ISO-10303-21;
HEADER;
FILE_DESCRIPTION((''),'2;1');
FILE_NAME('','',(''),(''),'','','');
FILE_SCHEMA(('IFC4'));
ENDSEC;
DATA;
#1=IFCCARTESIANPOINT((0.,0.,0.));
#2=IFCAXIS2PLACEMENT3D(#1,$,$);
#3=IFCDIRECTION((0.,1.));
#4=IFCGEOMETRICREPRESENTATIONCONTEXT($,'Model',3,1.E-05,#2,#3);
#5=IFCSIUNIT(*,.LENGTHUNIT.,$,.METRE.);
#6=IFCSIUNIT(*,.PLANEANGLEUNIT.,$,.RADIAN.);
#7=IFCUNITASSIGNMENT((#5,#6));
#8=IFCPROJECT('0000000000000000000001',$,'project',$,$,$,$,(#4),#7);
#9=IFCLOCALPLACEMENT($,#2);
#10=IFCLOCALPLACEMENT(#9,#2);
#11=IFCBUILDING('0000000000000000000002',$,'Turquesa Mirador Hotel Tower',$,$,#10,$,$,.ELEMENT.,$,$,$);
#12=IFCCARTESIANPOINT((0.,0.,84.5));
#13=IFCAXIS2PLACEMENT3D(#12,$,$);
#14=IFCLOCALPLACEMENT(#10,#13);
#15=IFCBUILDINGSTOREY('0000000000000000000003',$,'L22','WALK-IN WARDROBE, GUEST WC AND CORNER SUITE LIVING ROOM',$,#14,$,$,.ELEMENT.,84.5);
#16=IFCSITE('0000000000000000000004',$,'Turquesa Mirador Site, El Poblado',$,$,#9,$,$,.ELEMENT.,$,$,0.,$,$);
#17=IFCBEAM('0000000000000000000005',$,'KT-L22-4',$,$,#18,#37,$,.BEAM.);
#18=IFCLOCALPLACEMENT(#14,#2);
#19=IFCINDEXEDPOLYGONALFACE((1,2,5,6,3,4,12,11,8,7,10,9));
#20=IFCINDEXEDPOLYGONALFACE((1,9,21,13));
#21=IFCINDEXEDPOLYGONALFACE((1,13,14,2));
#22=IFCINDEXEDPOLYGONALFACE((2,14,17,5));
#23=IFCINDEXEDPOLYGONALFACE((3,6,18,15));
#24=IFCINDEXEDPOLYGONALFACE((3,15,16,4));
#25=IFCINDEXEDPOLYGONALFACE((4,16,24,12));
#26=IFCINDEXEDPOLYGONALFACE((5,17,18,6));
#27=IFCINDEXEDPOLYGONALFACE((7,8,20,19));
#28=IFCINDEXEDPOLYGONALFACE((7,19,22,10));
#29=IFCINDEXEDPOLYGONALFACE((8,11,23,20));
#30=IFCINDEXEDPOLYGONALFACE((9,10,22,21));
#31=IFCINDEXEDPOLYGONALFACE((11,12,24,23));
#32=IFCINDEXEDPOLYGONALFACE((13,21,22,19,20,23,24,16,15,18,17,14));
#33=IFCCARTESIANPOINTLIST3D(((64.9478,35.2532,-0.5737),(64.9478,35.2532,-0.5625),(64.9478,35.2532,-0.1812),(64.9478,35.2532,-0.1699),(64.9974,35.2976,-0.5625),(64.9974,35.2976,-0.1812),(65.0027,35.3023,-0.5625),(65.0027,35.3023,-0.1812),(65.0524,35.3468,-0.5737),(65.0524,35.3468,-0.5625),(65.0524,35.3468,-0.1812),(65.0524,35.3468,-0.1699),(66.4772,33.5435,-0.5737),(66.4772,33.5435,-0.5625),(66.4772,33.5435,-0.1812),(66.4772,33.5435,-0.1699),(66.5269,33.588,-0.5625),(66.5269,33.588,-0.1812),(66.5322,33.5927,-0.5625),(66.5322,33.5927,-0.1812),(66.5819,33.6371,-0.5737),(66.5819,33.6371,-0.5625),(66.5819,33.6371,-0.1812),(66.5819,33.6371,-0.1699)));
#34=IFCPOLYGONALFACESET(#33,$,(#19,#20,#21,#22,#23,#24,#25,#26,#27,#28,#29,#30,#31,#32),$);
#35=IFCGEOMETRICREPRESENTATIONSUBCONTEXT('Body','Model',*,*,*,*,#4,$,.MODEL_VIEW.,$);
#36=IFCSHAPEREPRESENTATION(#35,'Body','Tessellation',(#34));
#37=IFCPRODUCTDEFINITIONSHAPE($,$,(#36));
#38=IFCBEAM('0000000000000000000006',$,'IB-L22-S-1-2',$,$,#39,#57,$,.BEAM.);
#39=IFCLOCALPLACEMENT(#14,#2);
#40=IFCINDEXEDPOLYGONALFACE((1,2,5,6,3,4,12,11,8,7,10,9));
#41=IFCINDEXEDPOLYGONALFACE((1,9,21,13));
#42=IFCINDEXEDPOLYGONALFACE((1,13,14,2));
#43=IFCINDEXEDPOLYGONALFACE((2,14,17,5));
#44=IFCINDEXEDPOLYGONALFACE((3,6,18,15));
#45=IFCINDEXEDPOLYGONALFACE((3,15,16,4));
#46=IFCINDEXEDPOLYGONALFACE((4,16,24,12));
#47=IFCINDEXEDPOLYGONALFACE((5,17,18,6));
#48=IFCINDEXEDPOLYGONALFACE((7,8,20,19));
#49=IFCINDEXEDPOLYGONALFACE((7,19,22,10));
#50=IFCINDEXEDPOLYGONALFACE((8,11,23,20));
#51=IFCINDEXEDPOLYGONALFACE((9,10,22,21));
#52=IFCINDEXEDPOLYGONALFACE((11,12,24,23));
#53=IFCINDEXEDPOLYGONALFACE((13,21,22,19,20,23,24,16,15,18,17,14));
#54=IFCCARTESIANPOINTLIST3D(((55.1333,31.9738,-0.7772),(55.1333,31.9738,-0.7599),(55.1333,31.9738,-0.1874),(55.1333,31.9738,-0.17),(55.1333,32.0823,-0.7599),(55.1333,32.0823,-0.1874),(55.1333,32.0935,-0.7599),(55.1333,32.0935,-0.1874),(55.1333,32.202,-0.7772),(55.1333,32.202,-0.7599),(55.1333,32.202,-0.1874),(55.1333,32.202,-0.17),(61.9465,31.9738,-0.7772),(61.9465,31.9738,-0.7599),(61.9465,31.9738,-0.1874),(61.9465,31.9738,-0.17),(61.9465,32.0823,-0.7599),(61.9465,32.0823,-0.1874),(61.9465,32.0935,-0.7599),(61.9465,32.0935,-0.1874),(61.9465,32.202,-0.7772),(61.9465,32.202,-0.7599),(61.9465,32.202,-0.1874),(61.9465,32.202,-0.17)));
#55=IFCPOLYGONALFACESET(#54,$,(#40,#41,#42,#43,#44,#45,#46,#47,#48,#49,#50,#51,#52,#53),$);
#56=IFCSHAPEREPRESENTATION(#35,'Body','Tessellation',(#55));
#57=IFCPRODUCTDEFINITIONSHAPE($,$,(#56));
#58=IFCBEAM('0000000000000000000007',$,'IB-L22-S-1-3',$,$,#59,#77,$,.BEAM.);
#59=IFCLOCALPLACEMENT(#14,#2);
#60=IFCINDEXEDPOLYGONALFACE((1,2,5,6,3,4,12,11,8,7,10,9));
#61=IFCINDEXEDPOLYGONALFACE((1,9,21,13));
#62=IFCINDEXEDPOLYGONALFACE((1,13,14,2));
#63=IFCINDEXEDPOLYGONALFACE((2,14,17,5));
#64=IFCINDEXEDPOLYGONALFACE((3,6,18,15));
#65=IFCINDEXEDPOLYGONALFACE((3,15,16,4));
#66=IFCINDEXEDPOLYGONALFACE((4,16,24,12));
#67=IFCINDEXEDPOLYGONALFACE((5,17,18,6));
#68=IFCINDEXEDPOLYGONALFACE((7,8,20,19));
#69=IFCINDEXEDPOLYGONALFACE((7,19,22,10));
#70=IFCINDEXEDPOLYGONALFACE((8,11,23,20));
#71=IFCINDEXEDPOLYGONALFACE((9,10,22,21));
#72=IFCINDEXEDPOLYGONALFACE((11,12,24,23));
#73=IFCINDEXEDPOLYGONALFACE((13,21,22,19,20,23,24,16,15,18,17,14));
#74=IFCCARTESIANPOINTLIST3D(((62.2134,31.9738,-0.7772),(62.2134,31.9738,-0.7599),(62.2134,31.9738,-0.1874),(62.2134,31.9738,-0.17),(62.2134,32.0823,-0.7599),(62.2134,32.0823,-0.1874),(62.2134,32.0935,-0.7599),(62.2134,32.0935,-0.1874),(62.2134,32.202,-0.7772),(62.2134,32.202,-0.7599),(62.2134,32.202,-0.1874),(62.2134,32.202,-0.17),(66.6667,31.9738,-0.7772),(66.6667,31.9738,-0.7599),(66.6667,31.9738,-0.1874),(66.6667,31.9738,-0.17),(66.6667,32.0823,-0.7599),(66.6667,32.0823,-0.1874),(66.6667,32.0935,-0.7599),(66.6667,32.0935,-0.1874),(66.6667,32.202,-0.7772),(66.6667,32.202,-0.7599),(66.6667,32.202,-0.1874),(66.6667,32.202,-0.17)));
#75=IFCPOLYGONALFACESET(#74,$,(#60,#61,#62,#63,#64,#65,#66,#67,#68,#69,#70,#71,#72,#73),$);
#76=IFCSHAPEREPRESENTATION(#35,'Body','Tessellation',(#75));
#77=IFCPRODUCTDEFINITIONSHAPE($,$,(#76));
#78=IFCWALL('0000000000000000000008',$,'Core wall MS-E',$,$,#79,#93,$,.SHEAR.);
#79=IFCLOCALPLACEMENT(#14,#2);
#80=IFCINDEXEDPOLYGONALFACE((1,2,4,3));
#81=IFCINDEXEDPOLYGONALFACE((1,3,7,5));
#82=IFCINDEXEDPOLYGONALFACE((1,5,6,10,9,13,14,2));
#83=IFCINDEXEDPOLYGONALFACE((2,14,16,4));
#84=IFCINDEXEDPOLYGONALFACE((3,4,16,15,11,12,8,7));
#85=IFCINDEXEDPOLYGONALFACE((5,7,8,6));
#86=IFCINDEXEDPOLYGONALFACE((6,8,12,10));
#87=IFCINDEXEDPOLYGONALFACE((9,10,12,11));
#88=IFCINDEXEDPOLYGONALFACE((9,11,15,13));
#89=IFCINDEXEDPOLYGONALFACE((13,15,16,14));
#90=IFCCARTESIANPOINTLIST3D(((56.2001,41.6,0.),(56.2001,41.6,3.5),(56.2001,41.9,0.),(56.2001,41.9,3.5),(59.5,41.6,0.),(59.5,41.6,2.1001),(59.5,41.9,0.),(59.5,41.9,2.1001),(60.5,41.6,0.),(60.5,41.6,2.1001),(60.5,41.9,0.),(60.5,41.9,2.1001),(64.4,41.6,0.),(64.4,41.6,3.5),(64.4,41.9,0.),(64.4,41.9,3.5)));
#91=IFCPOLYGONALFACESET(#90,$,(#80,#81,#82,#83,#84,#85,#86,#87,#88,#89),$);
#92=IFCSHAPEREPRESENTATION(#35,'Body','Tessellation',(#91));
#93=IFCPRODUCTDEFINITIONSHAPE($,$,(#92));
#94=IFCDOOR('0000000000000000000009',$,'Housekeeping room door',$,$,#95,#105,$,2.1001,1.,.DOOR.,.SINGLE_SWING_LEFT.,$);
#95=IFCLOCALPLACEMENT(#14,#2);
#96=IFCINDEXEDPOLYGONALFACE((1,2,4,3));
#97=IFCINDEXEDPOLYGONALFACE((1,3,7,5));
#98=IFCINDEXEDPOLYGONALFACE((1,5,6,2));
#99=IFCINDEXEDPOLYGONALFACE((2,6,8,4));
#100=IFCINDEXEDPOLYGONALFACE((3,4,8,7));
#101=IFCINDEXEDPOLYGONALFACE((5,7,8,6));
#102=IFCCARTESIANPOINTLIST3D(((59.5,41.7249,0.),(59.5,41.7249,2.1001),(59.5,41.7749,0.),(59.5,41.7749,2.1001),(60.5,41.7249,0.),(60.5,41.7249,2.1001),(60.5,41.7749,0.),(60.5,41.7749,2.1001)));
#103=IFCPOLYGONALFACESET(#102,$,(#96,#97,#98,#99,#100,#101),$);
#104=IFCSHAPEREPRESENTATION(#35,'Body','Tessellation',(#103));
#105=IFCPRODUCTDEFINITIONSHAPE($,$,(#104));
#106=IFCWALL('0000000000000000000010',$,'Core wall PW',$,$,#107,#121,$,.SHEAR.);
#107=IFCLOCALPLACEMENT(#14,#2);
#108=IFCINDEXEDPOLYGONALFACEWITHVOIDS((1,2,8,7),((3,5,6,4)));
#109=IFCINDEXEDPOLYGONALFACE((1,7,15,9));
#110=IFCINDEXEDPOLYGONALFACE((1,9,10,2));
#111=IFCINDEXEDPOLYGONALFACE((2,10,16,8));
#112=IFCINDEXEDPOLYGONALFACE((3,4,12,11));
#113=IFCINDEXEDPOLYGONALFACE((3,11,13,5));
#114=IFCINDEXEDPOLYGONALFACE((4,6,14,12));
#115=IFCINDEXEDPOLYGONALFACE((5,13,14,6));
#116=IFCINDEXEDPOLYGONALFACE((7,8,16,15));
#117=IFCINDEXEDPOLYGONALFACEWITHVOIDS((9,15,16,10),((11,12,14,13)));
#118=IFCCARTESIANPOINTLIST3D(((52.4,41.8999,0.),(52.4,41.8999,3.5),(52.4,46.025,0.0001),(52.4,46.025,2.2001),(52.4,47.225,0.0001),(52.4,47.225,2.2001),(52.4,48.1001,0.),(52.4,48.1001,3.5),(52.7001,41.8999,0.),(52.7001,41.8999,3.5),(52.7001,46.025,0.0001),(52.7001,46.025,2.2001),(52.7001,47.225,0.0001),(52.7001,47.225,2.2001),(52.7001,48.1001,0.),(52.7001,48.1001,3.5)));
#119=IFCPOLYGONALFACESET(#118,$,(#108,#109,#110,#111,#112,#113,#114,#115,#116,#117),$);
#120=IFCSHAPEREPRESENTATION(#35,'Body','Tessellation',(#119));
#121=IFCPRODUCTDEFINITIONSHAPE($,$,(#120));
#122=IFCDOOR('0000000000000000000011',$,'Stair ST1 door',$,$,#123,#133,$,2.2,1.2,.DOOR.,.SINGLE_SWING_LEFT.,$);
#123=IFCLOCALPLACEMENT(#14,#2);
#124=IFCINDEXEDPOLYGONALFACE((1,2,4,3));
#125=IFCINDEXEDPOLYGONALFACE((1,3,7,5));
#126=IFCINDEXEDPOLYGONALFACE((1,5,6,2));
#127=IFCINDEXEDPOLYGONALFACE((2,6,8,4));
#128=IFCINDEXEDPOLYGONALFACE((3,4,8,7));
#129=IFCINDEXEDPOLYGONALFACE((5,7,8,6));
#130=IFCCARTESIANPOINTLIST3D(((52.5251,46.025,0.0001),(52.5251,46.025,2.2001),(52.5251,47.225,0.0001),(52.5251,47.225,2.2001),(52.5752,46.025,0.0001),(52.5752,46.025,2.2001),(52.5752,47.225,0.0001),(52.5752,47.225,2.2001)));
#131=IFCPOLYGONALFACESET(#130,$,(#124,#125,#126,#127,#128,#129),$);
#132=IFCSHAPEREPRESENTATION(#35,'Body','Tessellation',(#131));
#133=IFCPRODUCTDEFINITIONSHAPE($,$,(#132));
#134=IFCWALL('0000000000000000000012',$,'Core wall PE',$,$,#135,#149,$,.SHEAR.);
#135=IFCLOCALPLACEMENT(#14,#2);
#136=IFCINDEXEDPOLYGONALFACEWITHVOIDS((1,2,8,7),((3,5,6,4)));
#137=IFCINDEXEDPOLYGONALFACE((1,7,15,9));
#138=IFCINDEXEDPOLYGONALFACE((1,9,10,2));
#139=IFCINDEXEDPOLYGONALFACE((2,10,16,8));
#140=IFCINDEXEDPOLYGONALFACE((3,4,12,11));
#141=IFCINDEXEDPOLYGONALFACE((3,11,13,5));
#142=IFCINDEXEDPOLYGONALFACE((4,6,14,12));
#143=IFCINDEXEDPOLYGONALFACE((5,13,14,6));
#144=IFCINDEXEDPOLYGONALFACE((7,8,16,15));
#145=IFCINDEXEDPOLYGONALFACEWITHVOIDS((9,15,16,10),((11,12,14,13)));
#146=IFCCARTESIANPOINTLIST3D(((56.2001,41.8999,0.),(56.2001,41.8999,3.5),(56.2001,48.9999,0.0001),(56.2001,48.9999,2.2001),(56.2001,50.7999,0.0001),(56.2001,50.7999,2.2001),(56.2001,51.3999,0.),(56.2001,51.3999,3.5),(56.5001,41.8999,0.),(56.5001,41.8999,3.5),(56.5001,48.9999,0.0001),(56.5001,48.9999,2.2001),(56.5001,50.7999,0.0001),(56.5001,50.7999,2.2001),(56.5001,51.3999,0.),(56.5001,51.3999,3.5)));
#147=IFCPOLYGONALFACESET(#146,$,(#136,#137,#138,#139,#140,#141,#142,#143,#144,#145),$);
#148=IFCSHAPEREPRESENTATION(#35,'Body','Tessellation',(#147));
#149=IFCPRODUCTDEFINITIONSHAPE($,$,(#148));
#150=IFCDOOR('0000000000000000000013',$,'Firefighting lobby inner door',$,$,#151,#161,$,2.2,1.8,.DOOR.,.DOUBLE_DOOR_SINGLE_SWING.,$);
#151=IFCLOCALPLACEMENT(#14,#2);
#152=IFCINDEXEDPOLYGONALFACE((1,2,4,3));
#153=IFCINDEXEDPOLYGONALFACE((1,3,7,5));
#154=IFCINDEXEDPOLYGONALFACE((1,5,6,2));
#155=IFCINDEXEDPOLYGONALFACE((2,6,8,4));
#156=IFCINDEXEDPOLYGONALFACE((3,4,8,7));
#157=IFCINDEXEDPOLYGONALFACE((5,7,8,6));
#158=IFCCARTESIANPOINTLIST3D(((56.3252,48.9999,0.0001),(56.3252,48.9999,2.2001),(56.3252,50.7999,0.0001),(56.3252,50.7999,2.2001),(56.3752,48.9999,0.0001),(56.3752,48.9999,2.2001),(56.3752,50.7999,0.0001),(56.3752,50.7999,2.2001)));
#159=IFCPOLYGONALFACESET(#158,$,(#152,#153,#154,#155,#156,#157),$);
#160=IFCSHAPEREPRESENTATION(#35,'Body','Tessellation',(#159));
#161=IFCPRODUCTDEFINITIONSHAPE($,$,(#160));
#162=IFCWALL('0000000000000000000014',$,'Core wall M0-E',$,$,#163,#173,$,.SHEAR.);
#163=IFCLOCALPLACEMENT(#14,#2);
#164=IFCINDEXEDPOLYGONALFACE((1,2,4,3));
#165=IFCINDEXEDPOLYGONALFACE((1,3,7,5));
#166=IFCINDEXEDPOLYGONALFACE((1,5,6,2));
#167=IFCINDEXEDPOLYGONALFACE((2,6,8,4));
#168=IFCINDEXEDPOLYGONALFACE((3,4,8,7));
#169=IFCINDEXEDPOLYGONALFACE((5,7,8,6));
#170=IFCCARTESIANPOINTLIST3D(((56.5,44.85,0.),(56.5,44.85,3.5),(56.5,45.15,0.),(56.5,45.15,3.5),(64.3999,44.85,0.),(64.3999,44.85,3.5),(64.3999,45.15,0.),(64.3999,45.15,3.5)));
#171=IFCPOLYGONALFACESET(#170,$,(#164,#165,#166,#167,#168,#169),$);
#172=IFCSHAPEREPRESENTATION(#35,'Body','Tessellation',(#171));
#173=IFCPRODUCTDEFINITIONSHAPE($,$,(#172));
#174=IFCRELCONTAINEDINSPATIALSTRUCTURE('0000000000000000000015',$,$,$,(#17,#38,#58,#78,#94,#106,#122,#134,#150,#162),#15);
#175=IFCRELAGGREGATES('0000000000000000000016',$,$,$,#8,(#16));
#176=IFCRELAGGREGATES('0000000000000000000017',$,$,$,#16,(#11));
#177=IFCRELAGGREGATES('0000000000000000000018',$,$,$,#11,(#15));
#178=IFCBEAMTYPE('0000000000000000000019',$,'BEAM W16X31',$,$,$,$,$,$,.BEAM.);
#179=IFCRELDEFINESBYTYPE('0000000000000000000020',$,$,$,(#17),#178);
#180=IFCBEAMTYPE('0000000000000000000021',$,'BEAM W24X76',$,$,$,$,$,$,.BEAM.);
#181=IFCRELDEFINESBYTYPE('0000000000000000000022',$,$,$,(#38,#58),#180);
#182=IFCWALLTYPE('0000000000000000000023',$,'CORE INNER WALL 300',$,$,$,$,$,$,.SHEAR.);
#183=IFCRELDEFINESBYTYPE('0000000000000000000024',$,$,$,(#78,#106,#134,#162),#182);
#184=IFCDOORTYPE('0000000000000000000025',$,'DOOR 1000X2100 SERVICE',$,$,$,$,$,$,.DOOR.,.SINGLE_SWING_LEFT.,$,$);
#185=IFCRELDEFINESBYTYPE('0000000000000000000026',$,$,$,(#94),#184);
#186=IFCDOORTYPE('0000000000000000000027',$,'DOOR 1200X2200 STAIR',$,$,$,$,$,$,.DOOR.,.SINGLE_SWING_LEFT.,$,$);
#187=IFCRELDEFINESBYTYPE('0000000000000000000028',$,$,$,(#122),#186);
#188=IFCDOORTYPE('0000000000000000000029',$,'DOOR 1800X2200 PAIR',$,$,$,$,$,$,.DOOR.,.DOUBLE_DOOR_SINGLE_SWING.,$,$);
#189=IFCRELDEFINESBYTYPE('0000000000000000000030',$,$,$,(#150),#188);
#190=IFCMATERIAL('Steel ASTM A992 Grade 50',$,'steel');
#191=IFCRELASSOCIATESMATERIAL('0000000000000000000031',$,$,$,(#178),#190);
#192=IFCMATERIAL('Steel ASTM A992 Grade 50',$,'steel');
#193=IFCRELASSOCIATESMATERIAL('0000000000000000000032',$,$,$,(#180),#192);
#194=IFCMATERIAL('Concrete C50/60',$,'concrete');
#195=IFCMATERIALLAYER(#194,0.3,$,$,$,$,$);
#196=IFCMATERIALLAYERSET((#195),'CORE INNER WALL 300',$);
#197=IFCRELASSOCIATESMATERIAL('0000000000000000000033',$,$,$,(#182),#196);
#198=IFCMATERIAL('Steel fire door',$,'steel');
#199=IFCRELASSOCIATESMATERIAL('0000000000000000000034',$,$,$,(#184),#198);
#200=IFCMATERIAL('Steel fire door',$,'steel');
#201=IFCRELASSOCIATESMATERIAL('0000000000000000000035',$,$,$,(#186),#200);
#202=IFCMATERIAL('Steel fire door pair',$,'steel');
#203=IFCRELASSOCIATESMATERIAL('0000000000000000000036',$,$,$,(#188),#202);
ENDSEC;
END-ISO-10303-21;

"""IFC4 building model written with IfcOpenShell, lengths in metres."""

from ifc_helpers import new_model, si_unit, direction, frame, frame_2d, origin, origin_2d, place, context, subcontext, project, spatial, rectangle, i_section, extrude, material, layer, layer_set, material_profile, profile_set, type_object, element, fill, save


model = new_model("IFC4")

# Units and contexts
model_context = context("Model", 3, precision=1e-05, world=origin(), true_north=direction((0.0, 1.0)))
body_context = subcontext(model_context, "Body", "Model", "MODEL_VIEW")
ifc_project = project(units=[si_unit("LENGTHUNIT", "METRE"), si_unit("PLANEANGLEUNIT", "RADIAN")], contexts=[model_context])

# Site, building, storey
site_placement = place(None, origin())
site = spatial("IfcSite", under=ifc_project, at=site_placement, Name="Turquesa Mirador Site, El Poblado", CompositionType="ELEMENT", RefElevation=0.0)
building_placement = place(site_placement, origin())
building = spatial("IfcBuilding", under=site, at=building_placement, Name="Turquesa Mirador Hotel Tower", CompositionType="ELEMENT")
storey_placement = place(building_placement, frame((0.0, 0.0, 84.5)))
storey = spatial("IfcBuildingStorey", under=building, at=storey_placement, Name="L22", Description="WALK-IN WARDROBE, GUEST WC AND CORNER SUITE LIVING ROOM", CompositionType="ELEMENT", Elevation=84.5)

# Beams
ifc_material_1 = material(Name="Steel ASTM A992 Grade 50", Category="steel")
ifc_material_profile_1 = material_profile(ifc_material_1, i_section(OverallWidth=0.1404, OverallDepth=0.4038, WebThickness=0.0071, FlangeThickness=0.0112, at=origin_2d()), Name="W16X31")
ifc_profile_set_1 = profile_set([ifc_material_profile_1], Name="Steel ASTM A992 Grade 50")
beam_type_1 = type_object("IfcBeamType", Name="BEAM W16X31", PredefinedType="BEAM", material=ifc_profile_set_1)
beam_1_placement = place(storey_placement, frame((66.5295, 33.5903, -0.3718), z_axis=(-0.666745, 0.745286, 0.0), x_axis=(-0.745286, -0.666745, 0.0)))
element("IfcBeam", 1, at=beam_1_placement, inside=storey, type_object=beam_type_1, Name="KT-L22-4", PredefinedType="BEAM", context=body_context, shape_type="SweptSolid", body=[
    extrude(i_section(OverallWidth=0.1404, OverallDepth=0.4038, WebThickness=0.0071, FlangeThickness=0.0112, at=origin_2d()), origin(), (0.0, 0.0, 1.0), 2.2939),
])
ifc_material_2 = material(Name="Steel ASTM A992 Grade 50", Category="steel")
ifc_material_profile_2 = material_profile(ifc_material_2, i_section(OverallWidth=0.2283, OverallDepth=0.6072, WebThickness=0.0112, FlangeThickness=0.0173, at=origin_2d()), Name="W24X76")
ifc_profile_set_2 = profile_set([ifc_material_profile_2], Name="Steel ASTM A992 Grade 50")
beam_type_2 = type_object("IfcBeamType", Name="BEAM W24X76", PredefinedType="BEAM", material=ifc_profile_set_2)
beam_2_placement = place(storey_placement, frame((55.1333, 32.0879, -0.4736), z_axis=(1.0, 0.0, 0.0), x_axis=(0.0, 1.0, 0.0)))
element("IfcBeam", 2, at=beam_2_placement, inside=storey, type_object=beam_type_2, Name="IB-L22-S-1-2", PredefinedType="BEAM", context=body_context, shape_type="SweptSolid", body=[
    extrude(i_section(OverallWidth=0.2283, OverallDepth=0.6072, WebThickness=0.0112, FlangeThickness=0.0173, at=origin_2d()), origin(), (0.0, 0.0, 1.0), 6.8132),
])
beam_3_placement = place(storey_placement, frame((62.2134, 32.0879, -0.4736), z_axis=(1.0, 0.0, 0.0), x_axis=(0.0, 1.0, 0.0)))
element("IfcBeam", 3, at=beam_3_placement, inside=storey, type_object=beam_type_2, Name="IB-L22-S-1-3", PredefinedType="BEAM", context=body_context, shape_type="SweptSolid", body=[
    extrude(i_section(OverallWidth=0.2283, OverallDepth=0.6072, WebThickness=0.0112, FlangeThickness=0.0173, at=origin_2d()), origin(), (0.0, 0.0, 1.0), 4.4534),
])

# Walls, openings, doors
ifc_material_3 = material(Name="Concrete C50/60", Category="concrete")
ifc_layer_1 = layer(ifc_material_3, 0.3)
ifc_layer_set_1 = layer_set([ifc_layer_1], Name="CORE INNER WALL 300")
wall_type_1 = type_object("IfcWallType", Name="CORE INNER WALL 300", PredefinedType="SHEAR", material=ifc_layer_set_1)
wall_1_placement = place(storey_placement, frame((56.2, 41.75, 0.0), z_axis=(0.0, 0.0, 1.0), x_axis=(1.0, 0.0, 0.0)))
wall_1 = element("IfcWall", 4, at=wall_1_placement, inside=storey, type_object=wall_type_1, Name="Core wall MS-E", PredefinedType="SHEAR", context=body_context, shape_type="SweptSolid", body=[
    extrude(rectangle(XDim=8.2, YDim=0.3, at=frame_2d((4.1001, 0.0))), origin(), (0.0, 0.0, 1.0), 3.5),
])
opening_1_placement = place(wall_1_placement, frame((3.3, 0.0, 0.0)))
opening_1 = element("IfcOpeningElement", 5, at=opening_1_placement, cuts=wall_1, PredefinedType="OPENING", context=body_context, shape_type="SweptSolid", body=[
    extrude(rectangle(XDim=1.0, YDim=2.1001, at=frame_2d((0.5, 1.05))), frame((0.0, 0.1599, 0.0), z_axis=(0.0, -1.0, 0.0), x_axis=(1.0, 0.0, 0.0)), (0.0, 0.0, 1.0), 0.3201),
])
ifc_material_4 = material(Name="Steel fire door", Category="steel")
door_type_1 = type_object("IfcDoorType", Name="DOOR 1000X2100 SERVICE", OperationType="SINGLE_SWING_LEFT", PredefinedType="DOOR", material=ifc_material_4)
door_1_placement = place(opening_1_placement, origin())
door_1 = element("IfcDoor", 6, at=door_1_placement, inside=storey, type_object=door_type_1, Name="Housekeeping room door", OperationType="SINGLE_SWING_LEFT", OverallHeight=2.1001, OverallWidth=1.0, PredefinedType="DOOR", context=body_context, shape_type="SweptSolid", body=[
    extrude(rectangle(XDim=1.0, YDim=2.1001, at=frame_2d((0.5, 1.05))), frame((0.0, 0.0249, 0.0), z_axis=(0.0, -1.0, 0.0), x_axis=(1.0, 0.0, 0.0)), (0.0, 0.0, 1.0), 0.05),
])
fill(opening_1, door_1)
wall_2_placement = place(storey_placement, frame((52.55, 41.8999, 0.0), z_axis=(0.0, 0.0, 1.0), x_axis=(0.0, 1.0, 0.0)))
wall_2 = element("IfcWall", 7, at=wall_2_placement, inside=storey, type_object=wall_type_1, Name="Core wall PW", PredefinedType="SHEAR", context=body_context, shape_type="SweptSolid", body=[
    extrude(rectangle(XDim=6.2002, YDim=0.3, at=frame_2d((3.1001, 0.0))), origin(), (0.0, 0.0, 1.0), 3.5),
])
opening_2_placement = place(wall_2_placement, frame((4.125, 0.0, 0.0)))
opening_2 = element("IfcOpeningElement", 8, at=opening_2_placement, cuts=wall_2, PredefinedType="OPENING", context=body_context, shape_type="SweptSolid", body=[
    extrude(rectangle(XDim=1.2, YDim=2.2, at=frame_2d((0.6001, 1.1001))), frame((0.0, 0.1599, 0.0), z_axis=(0.0, -1.0, 0.0), x_axis=(1.0, 0.0, 0.0)), (0.0, 0.0, 1.0), 0.3201),
])
ifc_material_5 = material(Name="Steel fire door", Category="steel")
door_type_2 = type_object("IfcDoorType", Name="DOOR 1200X2200 STAIR", OperationType="SINGLE_SWING_LEFT", PredefinedType="DOOR", material=ifc_material_5)
door_2_placement = place(opening_2_placement, origin())
door_2 = element("IfcDoor", 9, at=door_2_placement, inside=storey, type_object=door_type_2, Name="Stair ST1 door", OperationType="SINGLE_SWING_LEFT", OverallHeight=2.2, OverallWidth=1.2, PredefinedType="DOOR", context=body_context, shape_type="SweptSolid", body=[
    extrude(rectangle(XDim=1.2, YDim=2.2, at=frame_2d((0.6001, 1.1001))), frame((0.0, 0.0249, 0.0), z_axis=(0.0, -1.0, 0.0), x_axis=(1.0, 0.0, 0.0)), (0.0, 0.0, 1.0), 0.05),
])
fill(opening_2, door_2)
wall_3_placement = place(storey_placement, frame((56.3501, 41.8999, 0.0), z_axis=(0.0, 0.0, 1.0), x_axis=(0.0, 1.0, 0.0)))
wall_3 = element("IfcWall", 10, at=wall_3_placement, inside=storey, type_object=wall_type_1, Name="Core wall PE", PredefinedType="SHEAR", context=body_context, shape_type="SweptSolid", body=[
    extrude(rectangle(XDim=9.5, YDim=0.3, at=frame_2d((4.75, 0.0))), origin(), (0.0, 0.0, 1.0), 3.5),
])
opening_3_placement = place(wall_3_placement, frame((7.1001, 0.0, 0.0)))
opening_3 = element("IfcOpeningElement", 11, at=opening_3_placement, cuts=wall_3, PredefinedType="OPENING", context=body_context, shape_type="SweptSolid", body=[
    extrude(rectangle(XDim=1.8, YDim=2.2, at=frame_2d((0.8999, 1.1001))), frame((0.0, 0.1599, 0.0), z_axis=(0.0, -1.0, 0.0), x_axis=(1.0, 0.0, 0.0)), (0.0, 0.0, 1.0), 0.3201),
])
ifc_material_6 = material(Name="Steel fire door pair", Category="steel")
door_type_3 = type_object("IfcDoorType", Name="DOOR 1800X2200 PAIR", OperationType="DOUBLE_DOOR_SINGLE_SWING", PredefinedType="DOOR", material=ifc_material_6)
door_3_placement = place(opening_3_placement, origin())
door_3 = element("IfcDoor", 12, at=door_3_placement, inside=storey, type_object=door_type_3, Name="Firefighting lobby inner door", OperationType="DOUBLE_DOOR_SINGLE_SWING", OverallHeight=2.2, OverallWidth=1.8, PredefinedType="DOOR", context=body_context, shape_type="SweptSolid", body=[
    extrude(rectangle(XDim=1.8, YDim=2.2, at=frame_2d((0.8999, 1.1001))), frame((0.0, 0.0249, 0.0), z_axis=(0.0, -1.0, 0.0), x_axis=(1.0, 0.0, 0.0)), (0.0, 0.0, 1.0), 0.05),
])
fill(opening_3, door_3)

# Wall
wall_4_placement = place(storey_placement, frame((56.5, 45.0, 0.0), z_axis=(0.0, 0.0, 1.0), x_axis=(1.0, 0.0, 0.0)))
element("IfcWall", 13, at=wall_4_placement, inside=storey, type_object=wall_type_1, Name="Core wall M0-E", PredefinedType="SHEAR", context=body_context, shape_type="SweptSolid", body=[
    extrude(rectangle(XDim=7.8999, YDim=0.3, at=frame_2d((3.95, 0.0))), origin(), (0.0, 0.0, 1.0), 3.5),
])

save(model, "model.ifc")
